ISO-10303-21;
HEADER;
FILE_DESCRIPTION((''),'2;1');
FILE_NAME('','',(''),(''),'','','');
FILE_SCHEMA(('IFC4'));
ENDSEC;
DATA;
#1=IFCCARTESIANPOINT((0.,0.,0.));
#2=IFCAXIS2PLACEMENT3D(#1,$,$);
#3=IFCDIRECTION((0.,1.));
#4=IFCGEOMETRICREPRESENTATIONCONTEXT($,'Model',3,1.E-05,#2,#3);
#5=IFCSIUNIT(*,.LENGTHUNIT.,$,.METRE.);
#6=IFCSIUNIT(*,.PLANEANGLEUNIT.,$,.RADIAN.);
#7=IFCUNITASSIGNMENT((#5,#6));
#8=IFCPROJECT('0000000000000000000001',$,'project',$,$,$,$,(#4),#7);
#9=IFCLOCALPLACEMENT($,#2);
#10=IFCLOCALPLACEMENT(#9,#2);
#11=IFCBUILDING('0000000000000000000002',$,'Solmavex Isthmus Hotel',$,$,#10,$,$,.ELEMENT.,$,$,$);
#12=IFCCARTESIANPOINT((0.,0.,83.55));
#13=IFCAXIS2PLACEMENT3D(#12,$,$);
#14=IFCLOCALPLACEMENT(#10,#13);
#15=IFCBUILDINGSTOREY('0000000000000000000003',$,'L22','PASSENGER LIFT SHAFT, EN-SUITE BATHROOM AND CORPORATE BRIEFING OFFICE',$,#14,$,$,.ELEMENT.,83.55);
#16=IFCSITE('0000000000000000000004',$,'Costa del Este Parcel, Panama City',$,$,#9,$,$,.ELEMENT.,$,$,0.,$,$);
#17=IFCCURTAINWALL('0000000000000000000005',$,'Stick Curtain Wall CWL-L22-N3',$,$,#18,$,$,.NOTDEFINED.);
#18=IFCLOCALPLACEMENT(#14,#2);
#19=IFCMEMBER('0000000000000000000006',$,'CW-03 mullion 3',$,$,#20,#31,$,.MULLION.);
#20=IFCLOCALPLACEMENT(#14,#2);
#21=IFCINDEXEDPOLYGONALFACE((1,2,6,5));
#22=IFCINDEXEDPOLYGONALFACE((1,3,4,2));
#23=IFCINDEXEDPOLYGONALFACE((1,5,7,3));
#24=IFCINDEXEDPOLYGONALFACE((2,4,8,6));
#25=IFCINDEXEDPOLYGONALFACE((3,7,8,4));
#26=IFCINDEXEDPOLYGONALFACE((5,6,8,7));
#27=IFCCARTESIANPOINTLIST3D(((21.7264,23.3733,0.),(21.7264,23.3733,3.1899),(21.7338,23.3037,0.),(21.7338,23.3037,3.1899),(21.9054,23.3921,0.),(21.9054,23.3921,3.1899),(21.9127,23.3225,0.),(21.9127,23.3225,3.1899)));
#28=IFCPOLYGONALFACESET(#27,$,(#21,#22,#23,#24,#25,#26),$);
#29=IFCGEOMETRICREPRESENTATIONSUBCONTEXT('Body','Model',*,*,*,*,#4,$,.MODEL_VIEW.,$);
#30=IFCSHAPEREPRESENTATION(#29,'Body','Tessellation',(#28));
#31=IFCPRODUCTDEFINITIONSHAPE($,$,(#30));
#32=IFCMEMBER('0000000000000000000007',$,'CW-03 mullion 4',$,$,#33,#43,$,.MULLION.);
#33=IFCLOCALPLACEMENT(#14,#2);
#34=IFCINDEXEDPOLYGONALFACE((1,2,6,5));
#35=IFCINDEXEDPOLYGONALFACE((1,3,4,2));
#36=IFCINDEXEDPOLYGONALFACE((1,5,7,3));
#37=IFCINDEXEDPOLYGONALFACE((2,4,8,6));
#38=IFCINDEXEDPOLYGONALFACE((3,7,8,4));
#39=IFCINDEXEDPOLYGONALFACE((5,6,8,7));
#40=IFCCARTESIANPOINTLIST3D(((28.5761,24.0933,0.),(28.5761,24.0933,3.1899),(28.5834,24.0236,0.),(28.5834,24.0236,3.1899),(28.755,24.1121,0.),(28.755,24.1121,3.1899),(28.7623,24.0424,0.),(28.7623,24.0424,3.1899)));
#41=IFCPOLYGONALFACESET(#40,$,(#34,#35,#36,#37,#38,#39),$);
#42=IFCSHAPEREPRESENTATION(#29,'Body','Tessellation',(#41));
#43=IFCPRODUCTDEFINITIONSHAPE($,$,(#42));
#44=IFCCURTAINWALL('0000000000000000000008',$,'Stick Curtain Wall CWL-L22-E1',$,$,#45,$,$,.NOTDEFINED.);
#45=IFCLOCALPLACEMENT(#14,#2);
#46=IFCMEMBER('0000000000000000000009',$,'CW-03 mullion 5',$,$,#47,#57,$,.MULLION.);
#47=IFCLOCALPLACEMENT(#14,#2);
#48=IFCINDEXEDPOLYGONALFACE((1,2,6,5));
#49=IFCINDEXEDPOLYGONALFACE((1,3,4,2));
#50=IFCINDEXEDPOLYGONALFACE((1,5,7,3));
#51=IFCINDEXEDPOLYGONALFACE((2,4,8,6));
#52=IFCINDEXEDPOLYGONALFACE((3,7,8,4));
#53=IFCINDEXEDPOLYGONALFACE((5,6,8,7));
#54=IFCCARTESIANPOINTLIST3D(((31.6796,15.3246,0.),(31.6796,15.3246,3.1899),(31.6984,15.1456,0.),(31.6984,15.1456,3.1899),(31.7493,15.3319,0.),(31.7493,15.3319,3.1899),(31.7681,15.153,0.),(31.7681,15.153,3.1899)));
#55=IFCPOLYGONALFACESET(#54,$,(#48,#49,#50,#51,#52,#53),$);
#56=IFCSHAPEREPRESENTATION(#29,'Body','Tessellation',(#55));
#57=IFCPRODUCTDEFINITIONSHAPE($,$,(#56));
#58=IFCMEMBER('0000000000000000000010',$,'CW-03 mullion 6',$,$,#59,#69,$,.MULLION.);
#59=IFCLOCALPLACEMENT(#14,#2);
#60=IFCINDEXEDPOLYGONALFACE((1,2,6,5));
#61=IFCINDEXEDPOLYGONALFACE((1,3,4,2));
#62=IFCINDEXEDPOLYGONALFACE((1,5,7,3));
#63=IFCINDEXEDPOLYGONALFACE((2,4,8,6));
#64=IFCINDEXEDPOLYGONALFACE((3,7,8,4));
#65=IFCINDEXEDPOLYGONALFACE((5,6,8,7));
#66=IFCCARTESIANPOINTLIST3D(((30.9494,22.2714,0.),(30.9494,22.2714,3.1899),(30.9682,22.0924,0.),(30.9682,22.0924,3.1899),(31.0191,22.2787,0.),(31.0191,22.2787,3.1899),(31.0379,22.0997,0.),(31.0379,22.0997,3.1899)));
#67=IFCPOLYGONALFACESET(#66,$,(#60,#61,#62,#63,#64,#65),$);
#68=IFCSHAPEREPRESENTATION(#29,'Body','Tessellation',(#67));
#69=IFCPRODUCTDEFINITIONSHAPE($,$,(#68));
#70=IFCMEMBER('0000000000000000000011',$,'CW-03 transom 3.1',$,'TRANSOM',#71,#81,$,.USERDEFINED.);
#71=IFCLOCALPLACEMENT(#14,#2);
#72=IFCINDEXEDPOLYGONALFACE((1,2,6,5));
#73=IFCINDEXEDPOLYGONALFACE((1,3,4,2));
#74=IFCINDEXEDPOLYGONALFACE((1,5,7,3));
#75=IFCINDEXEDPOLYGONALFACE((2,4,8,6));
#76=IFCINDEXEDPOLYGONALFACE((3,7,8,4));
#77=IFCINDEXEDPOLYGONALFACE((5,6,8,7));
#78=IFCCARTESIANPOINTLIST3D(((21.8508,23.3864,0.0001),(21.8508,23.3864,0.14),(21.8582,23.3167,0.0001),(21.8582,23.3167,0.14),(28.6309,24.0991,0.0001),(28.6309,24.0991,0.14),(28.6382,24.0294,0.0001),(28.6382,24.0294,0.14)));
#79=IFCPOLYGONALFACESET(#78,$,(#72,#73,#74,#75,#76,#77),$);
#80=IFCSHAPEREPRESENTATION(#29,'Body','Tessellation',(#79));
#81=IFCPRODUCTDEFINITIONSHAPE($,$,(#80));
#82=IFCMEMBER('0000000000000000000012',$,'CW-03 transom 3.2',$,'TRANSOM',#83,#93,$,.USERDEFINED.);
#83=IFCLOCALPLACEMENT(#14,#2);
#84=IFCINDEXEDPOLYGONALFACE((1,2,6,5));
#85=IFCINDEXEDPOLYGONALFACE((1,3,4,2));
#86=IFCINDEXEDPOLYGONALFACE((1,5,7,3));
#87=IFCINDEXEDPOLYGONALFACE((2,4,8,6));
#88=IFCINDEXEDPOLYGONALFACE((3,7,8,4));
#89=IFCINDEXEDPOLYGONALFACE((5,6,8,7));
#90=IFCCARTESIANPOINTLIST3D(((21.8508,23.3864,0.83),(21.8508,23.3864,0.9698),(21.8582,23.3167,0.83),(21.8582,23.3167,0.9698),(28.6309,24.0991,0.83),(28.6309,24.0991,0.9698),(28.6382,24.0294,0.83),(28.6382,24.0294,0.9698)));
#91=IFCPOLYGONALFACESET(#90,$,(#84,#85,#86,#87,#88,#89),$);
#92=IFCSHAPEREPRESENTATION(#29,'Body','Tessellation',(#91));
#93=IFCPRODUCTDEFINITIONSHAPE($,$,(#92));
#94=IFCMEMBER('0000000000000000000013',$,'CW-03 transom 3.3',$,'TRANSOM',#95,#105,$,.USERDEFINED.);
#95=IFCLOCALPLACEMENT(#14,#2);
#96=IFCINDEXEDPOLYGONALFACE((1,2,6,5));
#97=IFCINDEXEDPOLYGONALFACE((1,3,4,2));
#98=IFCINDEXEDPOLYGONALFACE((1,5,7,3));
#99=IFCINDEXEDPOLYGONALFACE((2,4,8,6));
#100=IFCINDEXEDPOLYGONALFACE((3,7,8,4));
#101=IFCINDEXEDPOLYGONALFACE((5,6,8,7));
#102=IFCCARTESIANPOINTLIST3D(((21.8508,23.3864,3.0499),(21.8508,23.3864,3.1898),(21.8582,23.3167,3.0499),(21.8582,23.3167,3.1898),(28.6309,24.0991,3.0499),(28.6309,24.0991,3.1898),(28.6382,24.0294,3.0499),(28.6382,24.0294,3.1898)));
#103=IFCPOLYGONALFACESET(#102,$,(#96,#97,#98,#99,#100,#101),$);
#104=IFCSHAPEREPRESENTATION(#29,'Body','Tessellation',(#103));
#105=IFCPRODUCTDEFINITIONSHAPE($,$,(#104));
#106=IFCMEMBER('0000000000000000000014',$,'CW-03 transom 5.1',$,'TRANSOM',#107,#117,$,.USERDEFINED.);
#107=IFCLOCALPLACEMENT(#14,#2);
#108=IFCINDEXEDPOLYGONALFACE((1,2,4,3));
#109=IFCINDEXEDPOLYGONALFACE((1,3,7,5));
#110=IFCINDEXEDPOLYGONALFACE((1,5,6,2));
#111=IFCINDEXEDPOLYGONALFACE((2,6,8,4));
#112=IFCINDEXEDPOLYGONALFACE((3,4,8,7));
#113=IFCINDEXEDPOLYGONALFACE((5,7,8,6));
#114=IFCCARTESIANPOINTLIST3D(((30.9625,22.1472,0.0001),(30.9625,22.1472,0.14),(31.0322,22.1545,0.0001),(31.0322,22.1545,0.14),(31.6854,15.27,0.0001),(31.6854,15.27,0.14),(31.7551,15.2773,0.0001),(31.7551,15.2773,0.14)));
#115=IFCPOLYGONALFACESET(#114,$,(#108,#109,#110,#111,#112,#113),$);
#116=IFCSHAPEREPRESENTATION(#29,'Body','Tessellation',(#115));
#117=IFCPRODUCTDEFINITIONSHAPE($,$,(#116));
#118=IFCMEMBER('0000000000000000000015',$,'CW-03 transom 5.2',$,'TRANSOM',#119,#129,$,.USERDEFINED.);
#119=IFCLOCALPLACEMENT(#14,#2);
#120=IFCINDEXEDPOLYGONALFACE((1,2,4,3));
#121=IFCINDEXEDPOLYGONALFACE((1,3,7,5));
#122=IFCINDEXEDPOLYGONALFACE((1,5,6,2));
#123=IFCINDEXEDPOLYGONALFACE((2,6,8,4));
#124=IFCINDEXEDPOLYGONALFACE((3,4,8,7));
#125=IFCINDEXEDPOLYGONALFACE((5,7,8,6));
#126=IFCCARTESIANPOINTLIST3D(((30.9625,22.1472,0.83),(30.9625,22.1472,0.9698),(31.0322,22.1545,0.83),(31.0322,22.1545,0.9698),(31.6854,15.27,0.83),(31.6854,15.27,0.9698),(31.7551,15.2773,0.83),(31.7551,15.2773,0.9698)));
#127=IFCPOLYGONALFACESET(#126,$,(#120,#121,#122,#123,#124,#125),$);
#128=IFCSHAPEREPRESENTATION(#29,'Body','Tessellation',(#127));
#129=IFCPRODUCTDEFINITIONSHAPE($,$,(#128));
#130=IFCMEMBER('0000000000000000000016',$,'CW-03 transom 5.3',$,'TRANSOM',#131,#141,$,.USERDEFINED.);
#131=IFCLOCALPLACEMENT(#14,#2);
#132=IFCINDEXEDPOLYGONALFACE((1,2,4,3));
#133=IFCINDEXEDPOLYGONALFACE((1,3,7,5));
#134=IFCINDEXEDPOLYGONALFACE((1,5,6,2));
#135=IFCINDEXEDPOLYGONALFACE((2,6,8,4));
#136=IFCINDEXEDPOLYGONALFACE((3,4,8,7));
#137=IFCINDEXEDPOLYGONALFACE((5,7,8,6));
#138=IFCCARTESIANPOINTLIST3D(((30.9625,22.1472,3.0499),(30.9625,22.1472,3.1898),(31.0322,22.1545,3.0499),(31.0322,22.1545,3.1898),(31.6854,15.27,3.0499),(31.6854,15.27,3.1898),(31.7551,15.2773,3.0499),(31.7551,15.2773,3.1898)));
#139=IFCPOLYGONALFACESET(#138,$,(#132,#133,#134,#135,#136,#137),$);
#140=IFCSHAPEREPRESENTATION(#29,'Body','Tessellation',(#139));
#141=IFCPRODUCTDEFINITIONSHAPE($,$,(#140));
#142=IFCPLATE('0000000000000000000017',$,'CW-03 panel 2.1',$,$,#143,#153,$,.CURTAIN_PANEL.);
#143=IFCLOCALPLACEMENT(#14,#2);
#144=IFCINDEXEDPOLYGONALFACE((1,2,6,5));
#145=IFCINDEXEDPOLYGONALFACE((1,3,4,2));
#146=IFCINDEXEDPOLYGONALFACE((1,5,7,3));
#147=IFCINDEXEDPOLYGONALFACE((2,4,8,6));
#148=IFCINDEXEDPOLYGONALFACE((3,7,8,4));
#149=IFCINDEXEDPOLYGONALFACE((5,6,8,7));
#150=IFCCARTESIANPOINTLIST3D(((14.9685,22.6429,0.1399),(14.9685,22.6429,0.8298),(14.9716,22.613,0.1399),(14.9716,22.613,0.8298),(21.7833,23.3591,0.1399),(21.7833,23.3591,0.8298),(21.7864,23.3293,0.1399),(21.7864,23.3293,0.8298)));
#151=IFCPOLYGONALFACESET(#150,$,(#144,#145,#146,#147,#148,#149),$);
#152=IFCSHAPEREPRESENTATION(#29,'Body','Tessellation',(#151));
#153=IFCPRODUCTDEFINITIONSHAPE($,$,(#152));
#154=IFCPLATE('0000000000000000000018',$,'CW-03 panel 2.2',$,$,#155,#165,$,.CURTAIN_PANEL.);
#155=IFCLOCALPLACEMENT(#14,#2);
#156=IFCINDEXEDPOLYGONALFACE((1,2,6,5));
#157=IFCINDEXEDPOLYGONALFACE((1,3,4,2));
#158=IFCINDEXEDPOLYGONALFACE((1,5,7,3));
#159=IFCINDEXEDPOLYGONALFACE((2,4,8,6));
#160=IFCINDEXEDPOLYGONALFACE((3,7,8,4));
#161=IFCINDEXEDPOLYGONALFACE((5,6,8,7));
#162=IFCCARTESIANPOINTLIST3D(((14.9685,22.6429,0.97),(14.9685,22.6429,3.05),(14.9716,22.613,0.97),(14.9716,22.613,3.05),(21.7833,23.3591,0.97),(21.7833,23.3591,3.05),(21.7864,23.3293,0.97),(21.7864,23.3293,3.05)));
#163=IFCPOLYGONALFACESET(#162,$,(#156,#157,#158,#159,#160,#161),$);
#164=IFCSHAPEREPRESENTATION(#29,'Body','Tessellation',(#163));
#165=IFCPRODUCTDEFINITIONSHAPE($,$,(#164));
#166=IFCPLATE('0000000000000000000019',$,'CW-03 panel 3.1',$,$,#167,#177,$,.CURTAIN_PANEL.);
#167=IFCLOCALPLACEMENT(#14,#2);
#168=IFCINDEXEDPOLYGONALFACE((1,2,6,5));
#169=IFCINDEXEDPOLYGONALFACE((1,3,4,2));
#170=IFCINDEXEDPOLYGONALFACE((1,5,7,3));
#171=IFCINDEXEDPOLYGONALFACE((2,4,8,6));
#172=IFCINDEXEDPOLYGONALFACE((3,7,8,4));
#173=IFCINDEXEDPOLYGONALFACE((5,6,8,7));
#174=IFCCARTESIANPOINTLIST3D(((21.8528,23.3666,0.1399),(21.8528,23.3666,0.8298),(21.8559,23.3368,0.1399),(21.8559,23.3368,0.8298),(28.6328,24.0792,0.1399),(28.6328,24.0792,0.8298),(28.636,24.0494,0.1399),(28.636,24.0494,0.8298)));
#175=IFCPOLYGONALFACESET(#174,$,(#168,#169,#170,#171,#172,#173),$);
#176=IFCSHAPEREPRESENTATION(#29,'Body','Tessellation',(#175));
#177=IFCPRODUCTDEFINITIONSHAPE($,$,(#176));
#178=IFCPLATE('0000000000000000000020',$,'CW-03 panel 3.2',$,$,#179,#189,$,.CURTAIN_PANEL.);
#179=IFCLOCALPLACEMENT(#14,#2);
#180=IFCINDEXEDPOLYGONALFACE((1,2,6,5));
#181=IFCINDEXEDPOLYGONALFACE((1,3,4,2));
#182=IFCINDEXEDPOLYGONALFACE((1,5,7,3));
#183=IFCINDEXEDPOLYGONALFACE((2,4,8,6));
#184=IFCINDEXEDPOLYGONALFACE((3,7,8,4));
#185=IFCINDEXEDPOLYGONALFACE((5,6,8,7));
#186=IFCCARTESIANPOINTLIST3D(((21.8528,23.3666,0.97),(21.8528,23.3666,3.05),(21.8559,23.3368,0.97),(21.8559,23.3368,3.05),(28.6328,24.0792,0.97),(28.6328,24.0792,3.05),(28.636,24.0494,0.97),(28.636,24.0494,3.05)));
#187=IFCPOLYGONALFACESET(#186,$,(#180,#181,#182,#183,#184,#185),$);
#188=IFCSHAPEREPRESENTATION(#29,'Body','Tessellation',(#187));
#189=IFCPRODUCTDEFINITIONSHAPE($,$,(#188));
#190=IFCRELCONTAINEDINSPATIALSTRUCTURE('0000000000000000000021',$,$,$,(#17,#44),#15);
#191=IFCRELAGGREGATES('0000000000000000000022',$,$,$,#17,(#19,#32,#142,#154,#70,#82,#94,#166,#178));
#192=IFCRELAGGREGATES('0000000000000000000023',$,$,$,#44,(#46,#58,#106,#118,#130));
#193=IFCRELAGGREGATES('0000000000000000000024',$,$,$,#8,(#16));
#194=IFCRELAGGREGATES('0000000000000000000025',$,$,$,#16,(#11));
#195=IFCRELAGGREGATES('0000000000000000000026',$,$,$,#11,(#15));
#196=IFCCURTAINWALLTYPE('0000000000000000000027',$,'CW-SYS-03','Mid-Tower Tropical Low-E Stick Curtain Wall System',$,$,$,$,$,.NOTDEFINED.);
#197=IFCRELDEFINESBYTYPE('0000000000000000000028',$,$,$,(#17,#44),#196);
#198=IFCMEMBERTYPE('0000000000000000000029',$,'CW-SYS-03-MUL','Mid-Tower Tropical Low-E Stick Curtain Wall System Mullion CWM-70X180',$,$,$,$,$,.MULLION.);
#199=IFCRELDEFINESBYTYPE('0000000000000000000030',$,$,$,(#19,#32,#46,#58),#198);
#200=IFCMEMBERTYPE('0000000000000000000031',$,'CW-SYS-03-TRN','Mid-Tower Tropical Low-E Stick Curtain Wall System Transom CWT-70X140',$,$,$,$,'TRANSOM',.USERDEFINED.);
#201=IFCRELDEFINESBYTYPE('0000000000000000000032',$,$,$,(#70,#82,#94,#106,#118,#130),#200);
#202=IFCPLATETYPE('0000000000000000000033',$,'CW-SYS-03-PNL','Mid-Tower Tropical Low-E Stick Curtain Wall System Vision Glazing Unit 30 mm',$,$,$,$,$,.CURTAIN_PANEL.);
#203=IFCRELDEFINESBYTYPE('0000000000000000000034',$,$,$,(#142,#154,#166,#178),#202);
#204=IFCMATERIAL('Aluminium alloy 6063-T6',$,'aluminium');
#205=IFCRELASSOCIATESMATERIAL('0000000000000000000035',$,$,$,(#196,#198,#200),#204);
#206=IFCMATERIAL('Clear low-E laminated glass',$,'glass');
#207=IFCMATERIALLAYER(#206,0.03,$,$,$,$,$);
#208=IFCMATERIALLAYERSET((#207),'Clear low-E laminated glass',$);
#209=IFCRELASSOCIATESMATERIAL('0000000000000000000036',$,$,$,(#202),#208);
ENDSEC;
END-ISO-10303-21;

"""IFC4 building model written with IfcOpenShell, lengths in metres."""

from ifc_helpers import new_model, si_unit, direction, frame, origin, origin_2d, place, context, subcontext, project, spatial, rectangle, extrude, material, layer, layer_set, material_profile, profile_set, type_object, element, aggregate, save


model = new_model("IFC4")

# Units and contexts
model_context = context("Model", 3, precision=1e-05, world=origin(), true_north=direction((0.0, 1.0)))
body_context = subcontext(model_context, "Body", "Model", "MODEL_VIEW")
ifc_project = project(units=[si_unit("LENGTHUNIT", "METRE"), si_unit("PLANEANGLEUNIT", "RADIAN")], contexts=[model_context])

# Site, building, storey
site_placement = place(None, origin())
site = spatial("IfcSite", under=ifc_project, at=site_placement, Name="Costa del Este Parcel, Panama City", CompositionType="ELEMENT", RefElevation=0.0)
building_placement = place(site_placement, origin())
building = spatial("IfcBuilding", under=site, at=building_placement, Name="Solmavex Isthmus Hotel", CompositionType="ELEMENT")
storey_placement = place(building_placement, frame((0.0, 0.0, 83.55)))
storey = spatial("IfcBuildingStorey", under=building, at=storey_placement, Name="L22", Description="PASSENGER LIFT SHAFT, EN-SUITE BATHROOM AND CORPORATE BRIEFING OFFICE", CompositionType="ELEMENT", Elevation=83.55)

# Curtain walls, members
ifc_material_1 = material(Name="Aluminium alloy 6063-T6", Category="aluminium")
curtain_wall_type = type_object("IfcCurtainWallType", Name="CW-SYS-03", Description="Mid-Tower Tropical Low-E Stick Curtain Wall System", PredefinedType="NOTDEFINED", material=ifc_material_1)
curtain_wall_1_placement = place(storey_placement, origin())
curtain_wall_1 = element("IfcCurtainWall", 1, at=curtain_wall_1_placement, inside=storey, type_object=curtain_wall_type, Name="Stick Curtain Wall CWL-L22-N3", PredefinedType="NOTDEFINED")
ifc_material_profile_1 = material_profile(ifc_material_1, rectangle(XDim=0.0701, YDim=0.1799, at=origin_2d()), Name="CWM-70X180")
ifc_profile_set_1 = profile_set([ifc_material_profile_1], Name="Aluminium alloy 6063-T6")
member_type_1 = type_object("IfcMemberType", Name="CW-SYS-03-MUL", Description="Mid-Tower Tropical Low-E Stick Curtain Wall System Mullion CWM-70X180", PredefinedType="MULLION", material=ifc_profile_set_1)
member_1_placement = place(storey_placement, frame((21.8196, 23.3479, 0.0), z_axis=(0.0, 0.0, 1.0), x_axis=(-0.104528, 0.994522, 0.0)))
member_1 = element("IfcMember", 2, at=member_1_placement, type_object=member_type_1, Name="CW-03 mullion 3", PredefinedType="MULLION", context=body_context, shape_type="SweptSolid", body=[
    extrude(rectangle(XDim=0.0701, YDim=0.1799, at=origin_2d()), origin(), (0.0, 0.0, 1.0), 3.1899),
])
member_2_placement = place(storey_placement, frame((28.6692, 24.0679, 0.0), z_axis=(0.0, 0.0, 1.0), x_axis=(-0.104528, 0.994522, 0.0)))
member_2 = element("IfcMember", 3, at=member_2_placement, type_object=member_type_1, Name="CW-03 mullion 4", PredefinedType="MULLION", context=body_context, shape_type="SweptSolid", body=[
    extrude(rectangle(XDim=0.0701, YDim=0.1799, at=origin_2d()), origin(), (0.0, 0.0, 1.0), 3.1899),
])
curtain_wall_2_placement = place(storey_placement, origin())
curtain_wall_2 = element("IfcCurtainWall", 4, at=curtain_wall_2_placement, inside=storey, type_object=curtain_wall_type, Name="Stick Curtain Wall CWL-L22-E1", PredefinedType="NOTDEFINED")
member_3_placement = place(storey_placement, frame((31.7239, 15.2388, 0.0), z_axis=(0.0, 0.0, 1.0), x_axis=(-0.994522, -0.104528, 0.0)))
member_3 = element("IfcMember", 5, at=member_3_placement, type_object=member_type_1, Name="CW-03 mullion 5", PredefinedType="MULLION", context=body_context, shape_type="SweptSolid", body=[
    extrude(rectangle(XDim=0.0701, YDim=0.1799, at=origin_2d()), origin(), (0.0, 0.0, 1.0), 3.1899),
])
member_4_placement = place(storey_placement, frame((30.9937, 22.1855, 0.0), z_axis=(0.0, 0.0, 1.0), x_axis=(-0.994522, -0.104528, 0.0)))
member_4 = element("IfcMember", 6, at=member_4_placement, type_object=member_type_1, Name="CW-03 mullion 6", PredefinedType="MULLION", context=body_context, shape_type="SweptSolid", body=[
    extrude(rectangle(XDim=0.0701, YDim=0.1799, at=origin_2d()), origin(), (0.0, 0.0, 1.0), 3.1899),
])

# Members
ifc_material_profile_2 = material_profile(ifc_material_1, rectangle(XDim=0.0701, YDim=0.1399, at=origin_2d()), Name="CWT-70X140")
ifc_profile_set_2 = profile_set([ifc_material_profile_2], Name="Aluminium alloy 6063-T6")
member_type_2 = type_object("IfcMemberType", Name="CW-SYS-03-TRN", Description="Mid-Tower Tropical Low-E Stick Curtain Wall System Transom CWT-70X140", ElementType="TRANSOM", PredefinedType="USERDEFINED", material=ifc_profile_set_2)
member_5_placement = place(storey_placement, frame((21.8545, 23.3516, 0.0701), z_axis=(0.994521, 0.104534, 0.0), x_axis=(-0.104534, 0.994521, 0.0)))
member_5 = element("IfcMember", 7, at=member_5_placement, type_object=member_type_2, Name="CW-03 transom 3.1", ObjectType="TRANSOM", PredefinedType="USERDEFINED", context=body_context, shape_type="SweptSolid", body=[
    extrude(rectangle(XDim=0.0701, YDim=0.1399, at=origin_2d()), origin(), (0.0, 0.0, 1.0), 6.8174),
])
member_6_placement = place(storey_placement, frame((21.8545, 23.3516, 0.8999), z_axis=(0.994521, 0.104534, 0.0), x_axis=(-0.104534, 0.994521, 0.0)))
member_6 = element("IfcMember", 8, at=member_6_placement, type_object=member_type_2, Name="CW-03 transom 3.2", ObjectType="TRANSOM", PredefinedType="USERDEFINED", context=body_context, shape_type="SweptSolid", body=[
    extrude(rectangle(XDim=0.0701, YDim=0.1399, at=origin_2d()), origin(), (0.0, 0.0, 1.0), 6.8174),
])
member_7_placement = place(storey_placement, frame((21.8545, 23.3516, 3.1199), z_axis=(0.994521, 0.104534, 0.0), x_axis=(-0.104534, 0.994521, 0.0)))
member_7 = element("IfcMember", 9, at=member_7_placement, type_object=member_type_2, Name="CW-03 transom 3.3", ObjectType="TRANSOM", PredefinedType="USERDEFINED", context=body_context, shape_type="SweptSolid", body=[
    extrude(rectangle(XDim=0.0701, YDim=0.1399, at=origin_2d()), origin(), (0.0, 0.0, 1.0), 6.8174),
])
member_8_placement = place(storey_placement, frame((31.7202, 15.2737, 0.0701), z_axis=(-0.10454, 0.994521, 0.0), x_axis=(-0.994521, -0.10454, 0.0)))
member_8 = element("IfcMember", 10, at=member_8_placement, type_object=member_type_2, Name="CW-03 transom 5.1", ObjectType="TRANSOM", PredefinedType="USERDEFINED", context=body_context, shape_type="SweptSolid", body=[
    extrude(rectangle(XDim=0.0701, YDim=0.1399, at=origin_2d()), origin(), (0.0, 0.0, 1.0), 6.915),
])
member_9_placement = place(storey_placement, frame((31.7202, 15.2737, 0.8999), z_axis=(-0.10454, 0.994521, 0.0), x_axis=(-0.994521, -0.10454, 0.0)))
member_9 = element("IfcMember", 11, at=member_9_placement, type_object=member_type_2, Name="CW-03 transom 5.2", ObjectType="TRANSOM", PredefinedType="USERDEFINED", context=body_context, shape_type="SweptSolid", body=[
    extrude(rectangle(XDim=0.0701, YDim=0.1399, at=origin_2d()), origin(), (0.0, 0.0, 1.0), 6.915),
])
member_10_placement = place(storey_placement, frame((31.7202, 15.2737, 3.1199), z_axis=(-0.10454, 0.994521, 0.0), x_axis=(-0.994521, -0.10454, 0.0)))
member_10 = element("IfcMember", 12, at=member_10_placement, type_object=member_type_2, Name="CW-03 transom 5.3", ObjectType="TRANSOM", PredefinedType="USERDEFINED", context=body_context, shape_type="SweptSolid", body=[
    extrude(rectangle(XDim=0.0701, YDim=0.1399, at=origin_2d()), origin(), (0.0, 0.0, 1.0), 6.915),
])

# Plates
ifc_material_2 = material(Name="Clear low-E laminated glass", Category="glass")
ifc_layer_1 = layer(ifc_material_2, 0.03)
ifc_layer_set_1 = layer_set([ifc_layer_1], Name="Clear low-E laminated glass")
plate_type = type_object("IfcPlateType", Name="CW-SYS-03-PNL", Description="Mid-Tower Tropical Low-E Stick Curtain Wall System Vision Glazing Unit 30 mm", PredefinedType="CURTAIN_PANEL", material=ifc_layer_set_1)
plate_1_placement = place(storey_placement, frame((18.3774, 22.9861, 0.1399), z_axis=(0.0, 0.0, 1.0), x_axis=(0.994522, 0.104528, 0.0)))
plate_1 = element("IfcPlate", 13, at=plate_1_placement, type_object=plate_type, Name="CW-03 panel 2.1", PredefinedType="CURTAIN_PANEL", context=body_context, shape_type="SweptSolid", body=[
    extrude(rectangle(XDim=6.8523, YDim=0.03, at=origin_2d()), origin(), (0.0, 0.0, 1.0), 0.6899),
])
plate_2_placement = place(storey_placement, frame((18.3774, 22.9861, 0.97), z_axis=(0.0, 0.0, 1.0), x_axis=(0.994522, 0.104528, 0.0)))
plate_2 = element("IfcPlate", 14, at=plate_2_placement, type_object=plate_type, Name="CW-03 panel 2.2", PredefinedType="CURTAIN_PANEL", context=body_context, shape_type="SweptSolid", body=[
    extrude(rectangle(XDim=6.8523, YDim=0.03, at=origin_2d()), origin(), (0.0, 0.0, 1.0), 2.0801),
])
plate_3_placement = place(storey_placement, frame((25.2444, 23.708, 0.1399), z_axis=(0.0, 0.0, 1.0), x_axis=(0.994522, 0.104528, 0.0)))
plate_3 = element("IfcPlate", 15, at=plate_3_placement, type_object=plate_type, Name="CW-03 panel 3.1", PredefinedType="CURTAIN_PANEL", context=body_context, shape_type="SweptSolid", body=[
    extrude(rectangle(XDim=6.8174, YDim=0.03, at=origin_2d()), origin(), (0.0, 0.0, 1.0), 0.6899),
])
plate_4_placement = place(storey_placement, frame((25.2444, 23.708, 0.97), z_axis=(0.0, 0.0, 1.0), x_axis=(0.994522, 0.104528, 0.0)))
plate_4 = element("IfcPlate", 16, at=plate_4_placement, type_object=plate_type, Name="CW-03 panel 3.2", PredefinedType="CURTAIN_PANEL", context=body_context, shape_type="SweptSolid", body=[
    extrude(rectangle(XDim=6.8174, YDim=0.03, at=origin_2d()), origin(), (0.0, 0.0, 1.0), 2.0801),
])
aggregate(curtain_wall_1, [member_1, member_2, plate_1, plate_2, member_5, member_6, member_7, plate_3, plate_4])
aggregate(curtain_wall_2, [member_3, member_4, member_8, member_9, member_10])

save(model, "model.ifc")
